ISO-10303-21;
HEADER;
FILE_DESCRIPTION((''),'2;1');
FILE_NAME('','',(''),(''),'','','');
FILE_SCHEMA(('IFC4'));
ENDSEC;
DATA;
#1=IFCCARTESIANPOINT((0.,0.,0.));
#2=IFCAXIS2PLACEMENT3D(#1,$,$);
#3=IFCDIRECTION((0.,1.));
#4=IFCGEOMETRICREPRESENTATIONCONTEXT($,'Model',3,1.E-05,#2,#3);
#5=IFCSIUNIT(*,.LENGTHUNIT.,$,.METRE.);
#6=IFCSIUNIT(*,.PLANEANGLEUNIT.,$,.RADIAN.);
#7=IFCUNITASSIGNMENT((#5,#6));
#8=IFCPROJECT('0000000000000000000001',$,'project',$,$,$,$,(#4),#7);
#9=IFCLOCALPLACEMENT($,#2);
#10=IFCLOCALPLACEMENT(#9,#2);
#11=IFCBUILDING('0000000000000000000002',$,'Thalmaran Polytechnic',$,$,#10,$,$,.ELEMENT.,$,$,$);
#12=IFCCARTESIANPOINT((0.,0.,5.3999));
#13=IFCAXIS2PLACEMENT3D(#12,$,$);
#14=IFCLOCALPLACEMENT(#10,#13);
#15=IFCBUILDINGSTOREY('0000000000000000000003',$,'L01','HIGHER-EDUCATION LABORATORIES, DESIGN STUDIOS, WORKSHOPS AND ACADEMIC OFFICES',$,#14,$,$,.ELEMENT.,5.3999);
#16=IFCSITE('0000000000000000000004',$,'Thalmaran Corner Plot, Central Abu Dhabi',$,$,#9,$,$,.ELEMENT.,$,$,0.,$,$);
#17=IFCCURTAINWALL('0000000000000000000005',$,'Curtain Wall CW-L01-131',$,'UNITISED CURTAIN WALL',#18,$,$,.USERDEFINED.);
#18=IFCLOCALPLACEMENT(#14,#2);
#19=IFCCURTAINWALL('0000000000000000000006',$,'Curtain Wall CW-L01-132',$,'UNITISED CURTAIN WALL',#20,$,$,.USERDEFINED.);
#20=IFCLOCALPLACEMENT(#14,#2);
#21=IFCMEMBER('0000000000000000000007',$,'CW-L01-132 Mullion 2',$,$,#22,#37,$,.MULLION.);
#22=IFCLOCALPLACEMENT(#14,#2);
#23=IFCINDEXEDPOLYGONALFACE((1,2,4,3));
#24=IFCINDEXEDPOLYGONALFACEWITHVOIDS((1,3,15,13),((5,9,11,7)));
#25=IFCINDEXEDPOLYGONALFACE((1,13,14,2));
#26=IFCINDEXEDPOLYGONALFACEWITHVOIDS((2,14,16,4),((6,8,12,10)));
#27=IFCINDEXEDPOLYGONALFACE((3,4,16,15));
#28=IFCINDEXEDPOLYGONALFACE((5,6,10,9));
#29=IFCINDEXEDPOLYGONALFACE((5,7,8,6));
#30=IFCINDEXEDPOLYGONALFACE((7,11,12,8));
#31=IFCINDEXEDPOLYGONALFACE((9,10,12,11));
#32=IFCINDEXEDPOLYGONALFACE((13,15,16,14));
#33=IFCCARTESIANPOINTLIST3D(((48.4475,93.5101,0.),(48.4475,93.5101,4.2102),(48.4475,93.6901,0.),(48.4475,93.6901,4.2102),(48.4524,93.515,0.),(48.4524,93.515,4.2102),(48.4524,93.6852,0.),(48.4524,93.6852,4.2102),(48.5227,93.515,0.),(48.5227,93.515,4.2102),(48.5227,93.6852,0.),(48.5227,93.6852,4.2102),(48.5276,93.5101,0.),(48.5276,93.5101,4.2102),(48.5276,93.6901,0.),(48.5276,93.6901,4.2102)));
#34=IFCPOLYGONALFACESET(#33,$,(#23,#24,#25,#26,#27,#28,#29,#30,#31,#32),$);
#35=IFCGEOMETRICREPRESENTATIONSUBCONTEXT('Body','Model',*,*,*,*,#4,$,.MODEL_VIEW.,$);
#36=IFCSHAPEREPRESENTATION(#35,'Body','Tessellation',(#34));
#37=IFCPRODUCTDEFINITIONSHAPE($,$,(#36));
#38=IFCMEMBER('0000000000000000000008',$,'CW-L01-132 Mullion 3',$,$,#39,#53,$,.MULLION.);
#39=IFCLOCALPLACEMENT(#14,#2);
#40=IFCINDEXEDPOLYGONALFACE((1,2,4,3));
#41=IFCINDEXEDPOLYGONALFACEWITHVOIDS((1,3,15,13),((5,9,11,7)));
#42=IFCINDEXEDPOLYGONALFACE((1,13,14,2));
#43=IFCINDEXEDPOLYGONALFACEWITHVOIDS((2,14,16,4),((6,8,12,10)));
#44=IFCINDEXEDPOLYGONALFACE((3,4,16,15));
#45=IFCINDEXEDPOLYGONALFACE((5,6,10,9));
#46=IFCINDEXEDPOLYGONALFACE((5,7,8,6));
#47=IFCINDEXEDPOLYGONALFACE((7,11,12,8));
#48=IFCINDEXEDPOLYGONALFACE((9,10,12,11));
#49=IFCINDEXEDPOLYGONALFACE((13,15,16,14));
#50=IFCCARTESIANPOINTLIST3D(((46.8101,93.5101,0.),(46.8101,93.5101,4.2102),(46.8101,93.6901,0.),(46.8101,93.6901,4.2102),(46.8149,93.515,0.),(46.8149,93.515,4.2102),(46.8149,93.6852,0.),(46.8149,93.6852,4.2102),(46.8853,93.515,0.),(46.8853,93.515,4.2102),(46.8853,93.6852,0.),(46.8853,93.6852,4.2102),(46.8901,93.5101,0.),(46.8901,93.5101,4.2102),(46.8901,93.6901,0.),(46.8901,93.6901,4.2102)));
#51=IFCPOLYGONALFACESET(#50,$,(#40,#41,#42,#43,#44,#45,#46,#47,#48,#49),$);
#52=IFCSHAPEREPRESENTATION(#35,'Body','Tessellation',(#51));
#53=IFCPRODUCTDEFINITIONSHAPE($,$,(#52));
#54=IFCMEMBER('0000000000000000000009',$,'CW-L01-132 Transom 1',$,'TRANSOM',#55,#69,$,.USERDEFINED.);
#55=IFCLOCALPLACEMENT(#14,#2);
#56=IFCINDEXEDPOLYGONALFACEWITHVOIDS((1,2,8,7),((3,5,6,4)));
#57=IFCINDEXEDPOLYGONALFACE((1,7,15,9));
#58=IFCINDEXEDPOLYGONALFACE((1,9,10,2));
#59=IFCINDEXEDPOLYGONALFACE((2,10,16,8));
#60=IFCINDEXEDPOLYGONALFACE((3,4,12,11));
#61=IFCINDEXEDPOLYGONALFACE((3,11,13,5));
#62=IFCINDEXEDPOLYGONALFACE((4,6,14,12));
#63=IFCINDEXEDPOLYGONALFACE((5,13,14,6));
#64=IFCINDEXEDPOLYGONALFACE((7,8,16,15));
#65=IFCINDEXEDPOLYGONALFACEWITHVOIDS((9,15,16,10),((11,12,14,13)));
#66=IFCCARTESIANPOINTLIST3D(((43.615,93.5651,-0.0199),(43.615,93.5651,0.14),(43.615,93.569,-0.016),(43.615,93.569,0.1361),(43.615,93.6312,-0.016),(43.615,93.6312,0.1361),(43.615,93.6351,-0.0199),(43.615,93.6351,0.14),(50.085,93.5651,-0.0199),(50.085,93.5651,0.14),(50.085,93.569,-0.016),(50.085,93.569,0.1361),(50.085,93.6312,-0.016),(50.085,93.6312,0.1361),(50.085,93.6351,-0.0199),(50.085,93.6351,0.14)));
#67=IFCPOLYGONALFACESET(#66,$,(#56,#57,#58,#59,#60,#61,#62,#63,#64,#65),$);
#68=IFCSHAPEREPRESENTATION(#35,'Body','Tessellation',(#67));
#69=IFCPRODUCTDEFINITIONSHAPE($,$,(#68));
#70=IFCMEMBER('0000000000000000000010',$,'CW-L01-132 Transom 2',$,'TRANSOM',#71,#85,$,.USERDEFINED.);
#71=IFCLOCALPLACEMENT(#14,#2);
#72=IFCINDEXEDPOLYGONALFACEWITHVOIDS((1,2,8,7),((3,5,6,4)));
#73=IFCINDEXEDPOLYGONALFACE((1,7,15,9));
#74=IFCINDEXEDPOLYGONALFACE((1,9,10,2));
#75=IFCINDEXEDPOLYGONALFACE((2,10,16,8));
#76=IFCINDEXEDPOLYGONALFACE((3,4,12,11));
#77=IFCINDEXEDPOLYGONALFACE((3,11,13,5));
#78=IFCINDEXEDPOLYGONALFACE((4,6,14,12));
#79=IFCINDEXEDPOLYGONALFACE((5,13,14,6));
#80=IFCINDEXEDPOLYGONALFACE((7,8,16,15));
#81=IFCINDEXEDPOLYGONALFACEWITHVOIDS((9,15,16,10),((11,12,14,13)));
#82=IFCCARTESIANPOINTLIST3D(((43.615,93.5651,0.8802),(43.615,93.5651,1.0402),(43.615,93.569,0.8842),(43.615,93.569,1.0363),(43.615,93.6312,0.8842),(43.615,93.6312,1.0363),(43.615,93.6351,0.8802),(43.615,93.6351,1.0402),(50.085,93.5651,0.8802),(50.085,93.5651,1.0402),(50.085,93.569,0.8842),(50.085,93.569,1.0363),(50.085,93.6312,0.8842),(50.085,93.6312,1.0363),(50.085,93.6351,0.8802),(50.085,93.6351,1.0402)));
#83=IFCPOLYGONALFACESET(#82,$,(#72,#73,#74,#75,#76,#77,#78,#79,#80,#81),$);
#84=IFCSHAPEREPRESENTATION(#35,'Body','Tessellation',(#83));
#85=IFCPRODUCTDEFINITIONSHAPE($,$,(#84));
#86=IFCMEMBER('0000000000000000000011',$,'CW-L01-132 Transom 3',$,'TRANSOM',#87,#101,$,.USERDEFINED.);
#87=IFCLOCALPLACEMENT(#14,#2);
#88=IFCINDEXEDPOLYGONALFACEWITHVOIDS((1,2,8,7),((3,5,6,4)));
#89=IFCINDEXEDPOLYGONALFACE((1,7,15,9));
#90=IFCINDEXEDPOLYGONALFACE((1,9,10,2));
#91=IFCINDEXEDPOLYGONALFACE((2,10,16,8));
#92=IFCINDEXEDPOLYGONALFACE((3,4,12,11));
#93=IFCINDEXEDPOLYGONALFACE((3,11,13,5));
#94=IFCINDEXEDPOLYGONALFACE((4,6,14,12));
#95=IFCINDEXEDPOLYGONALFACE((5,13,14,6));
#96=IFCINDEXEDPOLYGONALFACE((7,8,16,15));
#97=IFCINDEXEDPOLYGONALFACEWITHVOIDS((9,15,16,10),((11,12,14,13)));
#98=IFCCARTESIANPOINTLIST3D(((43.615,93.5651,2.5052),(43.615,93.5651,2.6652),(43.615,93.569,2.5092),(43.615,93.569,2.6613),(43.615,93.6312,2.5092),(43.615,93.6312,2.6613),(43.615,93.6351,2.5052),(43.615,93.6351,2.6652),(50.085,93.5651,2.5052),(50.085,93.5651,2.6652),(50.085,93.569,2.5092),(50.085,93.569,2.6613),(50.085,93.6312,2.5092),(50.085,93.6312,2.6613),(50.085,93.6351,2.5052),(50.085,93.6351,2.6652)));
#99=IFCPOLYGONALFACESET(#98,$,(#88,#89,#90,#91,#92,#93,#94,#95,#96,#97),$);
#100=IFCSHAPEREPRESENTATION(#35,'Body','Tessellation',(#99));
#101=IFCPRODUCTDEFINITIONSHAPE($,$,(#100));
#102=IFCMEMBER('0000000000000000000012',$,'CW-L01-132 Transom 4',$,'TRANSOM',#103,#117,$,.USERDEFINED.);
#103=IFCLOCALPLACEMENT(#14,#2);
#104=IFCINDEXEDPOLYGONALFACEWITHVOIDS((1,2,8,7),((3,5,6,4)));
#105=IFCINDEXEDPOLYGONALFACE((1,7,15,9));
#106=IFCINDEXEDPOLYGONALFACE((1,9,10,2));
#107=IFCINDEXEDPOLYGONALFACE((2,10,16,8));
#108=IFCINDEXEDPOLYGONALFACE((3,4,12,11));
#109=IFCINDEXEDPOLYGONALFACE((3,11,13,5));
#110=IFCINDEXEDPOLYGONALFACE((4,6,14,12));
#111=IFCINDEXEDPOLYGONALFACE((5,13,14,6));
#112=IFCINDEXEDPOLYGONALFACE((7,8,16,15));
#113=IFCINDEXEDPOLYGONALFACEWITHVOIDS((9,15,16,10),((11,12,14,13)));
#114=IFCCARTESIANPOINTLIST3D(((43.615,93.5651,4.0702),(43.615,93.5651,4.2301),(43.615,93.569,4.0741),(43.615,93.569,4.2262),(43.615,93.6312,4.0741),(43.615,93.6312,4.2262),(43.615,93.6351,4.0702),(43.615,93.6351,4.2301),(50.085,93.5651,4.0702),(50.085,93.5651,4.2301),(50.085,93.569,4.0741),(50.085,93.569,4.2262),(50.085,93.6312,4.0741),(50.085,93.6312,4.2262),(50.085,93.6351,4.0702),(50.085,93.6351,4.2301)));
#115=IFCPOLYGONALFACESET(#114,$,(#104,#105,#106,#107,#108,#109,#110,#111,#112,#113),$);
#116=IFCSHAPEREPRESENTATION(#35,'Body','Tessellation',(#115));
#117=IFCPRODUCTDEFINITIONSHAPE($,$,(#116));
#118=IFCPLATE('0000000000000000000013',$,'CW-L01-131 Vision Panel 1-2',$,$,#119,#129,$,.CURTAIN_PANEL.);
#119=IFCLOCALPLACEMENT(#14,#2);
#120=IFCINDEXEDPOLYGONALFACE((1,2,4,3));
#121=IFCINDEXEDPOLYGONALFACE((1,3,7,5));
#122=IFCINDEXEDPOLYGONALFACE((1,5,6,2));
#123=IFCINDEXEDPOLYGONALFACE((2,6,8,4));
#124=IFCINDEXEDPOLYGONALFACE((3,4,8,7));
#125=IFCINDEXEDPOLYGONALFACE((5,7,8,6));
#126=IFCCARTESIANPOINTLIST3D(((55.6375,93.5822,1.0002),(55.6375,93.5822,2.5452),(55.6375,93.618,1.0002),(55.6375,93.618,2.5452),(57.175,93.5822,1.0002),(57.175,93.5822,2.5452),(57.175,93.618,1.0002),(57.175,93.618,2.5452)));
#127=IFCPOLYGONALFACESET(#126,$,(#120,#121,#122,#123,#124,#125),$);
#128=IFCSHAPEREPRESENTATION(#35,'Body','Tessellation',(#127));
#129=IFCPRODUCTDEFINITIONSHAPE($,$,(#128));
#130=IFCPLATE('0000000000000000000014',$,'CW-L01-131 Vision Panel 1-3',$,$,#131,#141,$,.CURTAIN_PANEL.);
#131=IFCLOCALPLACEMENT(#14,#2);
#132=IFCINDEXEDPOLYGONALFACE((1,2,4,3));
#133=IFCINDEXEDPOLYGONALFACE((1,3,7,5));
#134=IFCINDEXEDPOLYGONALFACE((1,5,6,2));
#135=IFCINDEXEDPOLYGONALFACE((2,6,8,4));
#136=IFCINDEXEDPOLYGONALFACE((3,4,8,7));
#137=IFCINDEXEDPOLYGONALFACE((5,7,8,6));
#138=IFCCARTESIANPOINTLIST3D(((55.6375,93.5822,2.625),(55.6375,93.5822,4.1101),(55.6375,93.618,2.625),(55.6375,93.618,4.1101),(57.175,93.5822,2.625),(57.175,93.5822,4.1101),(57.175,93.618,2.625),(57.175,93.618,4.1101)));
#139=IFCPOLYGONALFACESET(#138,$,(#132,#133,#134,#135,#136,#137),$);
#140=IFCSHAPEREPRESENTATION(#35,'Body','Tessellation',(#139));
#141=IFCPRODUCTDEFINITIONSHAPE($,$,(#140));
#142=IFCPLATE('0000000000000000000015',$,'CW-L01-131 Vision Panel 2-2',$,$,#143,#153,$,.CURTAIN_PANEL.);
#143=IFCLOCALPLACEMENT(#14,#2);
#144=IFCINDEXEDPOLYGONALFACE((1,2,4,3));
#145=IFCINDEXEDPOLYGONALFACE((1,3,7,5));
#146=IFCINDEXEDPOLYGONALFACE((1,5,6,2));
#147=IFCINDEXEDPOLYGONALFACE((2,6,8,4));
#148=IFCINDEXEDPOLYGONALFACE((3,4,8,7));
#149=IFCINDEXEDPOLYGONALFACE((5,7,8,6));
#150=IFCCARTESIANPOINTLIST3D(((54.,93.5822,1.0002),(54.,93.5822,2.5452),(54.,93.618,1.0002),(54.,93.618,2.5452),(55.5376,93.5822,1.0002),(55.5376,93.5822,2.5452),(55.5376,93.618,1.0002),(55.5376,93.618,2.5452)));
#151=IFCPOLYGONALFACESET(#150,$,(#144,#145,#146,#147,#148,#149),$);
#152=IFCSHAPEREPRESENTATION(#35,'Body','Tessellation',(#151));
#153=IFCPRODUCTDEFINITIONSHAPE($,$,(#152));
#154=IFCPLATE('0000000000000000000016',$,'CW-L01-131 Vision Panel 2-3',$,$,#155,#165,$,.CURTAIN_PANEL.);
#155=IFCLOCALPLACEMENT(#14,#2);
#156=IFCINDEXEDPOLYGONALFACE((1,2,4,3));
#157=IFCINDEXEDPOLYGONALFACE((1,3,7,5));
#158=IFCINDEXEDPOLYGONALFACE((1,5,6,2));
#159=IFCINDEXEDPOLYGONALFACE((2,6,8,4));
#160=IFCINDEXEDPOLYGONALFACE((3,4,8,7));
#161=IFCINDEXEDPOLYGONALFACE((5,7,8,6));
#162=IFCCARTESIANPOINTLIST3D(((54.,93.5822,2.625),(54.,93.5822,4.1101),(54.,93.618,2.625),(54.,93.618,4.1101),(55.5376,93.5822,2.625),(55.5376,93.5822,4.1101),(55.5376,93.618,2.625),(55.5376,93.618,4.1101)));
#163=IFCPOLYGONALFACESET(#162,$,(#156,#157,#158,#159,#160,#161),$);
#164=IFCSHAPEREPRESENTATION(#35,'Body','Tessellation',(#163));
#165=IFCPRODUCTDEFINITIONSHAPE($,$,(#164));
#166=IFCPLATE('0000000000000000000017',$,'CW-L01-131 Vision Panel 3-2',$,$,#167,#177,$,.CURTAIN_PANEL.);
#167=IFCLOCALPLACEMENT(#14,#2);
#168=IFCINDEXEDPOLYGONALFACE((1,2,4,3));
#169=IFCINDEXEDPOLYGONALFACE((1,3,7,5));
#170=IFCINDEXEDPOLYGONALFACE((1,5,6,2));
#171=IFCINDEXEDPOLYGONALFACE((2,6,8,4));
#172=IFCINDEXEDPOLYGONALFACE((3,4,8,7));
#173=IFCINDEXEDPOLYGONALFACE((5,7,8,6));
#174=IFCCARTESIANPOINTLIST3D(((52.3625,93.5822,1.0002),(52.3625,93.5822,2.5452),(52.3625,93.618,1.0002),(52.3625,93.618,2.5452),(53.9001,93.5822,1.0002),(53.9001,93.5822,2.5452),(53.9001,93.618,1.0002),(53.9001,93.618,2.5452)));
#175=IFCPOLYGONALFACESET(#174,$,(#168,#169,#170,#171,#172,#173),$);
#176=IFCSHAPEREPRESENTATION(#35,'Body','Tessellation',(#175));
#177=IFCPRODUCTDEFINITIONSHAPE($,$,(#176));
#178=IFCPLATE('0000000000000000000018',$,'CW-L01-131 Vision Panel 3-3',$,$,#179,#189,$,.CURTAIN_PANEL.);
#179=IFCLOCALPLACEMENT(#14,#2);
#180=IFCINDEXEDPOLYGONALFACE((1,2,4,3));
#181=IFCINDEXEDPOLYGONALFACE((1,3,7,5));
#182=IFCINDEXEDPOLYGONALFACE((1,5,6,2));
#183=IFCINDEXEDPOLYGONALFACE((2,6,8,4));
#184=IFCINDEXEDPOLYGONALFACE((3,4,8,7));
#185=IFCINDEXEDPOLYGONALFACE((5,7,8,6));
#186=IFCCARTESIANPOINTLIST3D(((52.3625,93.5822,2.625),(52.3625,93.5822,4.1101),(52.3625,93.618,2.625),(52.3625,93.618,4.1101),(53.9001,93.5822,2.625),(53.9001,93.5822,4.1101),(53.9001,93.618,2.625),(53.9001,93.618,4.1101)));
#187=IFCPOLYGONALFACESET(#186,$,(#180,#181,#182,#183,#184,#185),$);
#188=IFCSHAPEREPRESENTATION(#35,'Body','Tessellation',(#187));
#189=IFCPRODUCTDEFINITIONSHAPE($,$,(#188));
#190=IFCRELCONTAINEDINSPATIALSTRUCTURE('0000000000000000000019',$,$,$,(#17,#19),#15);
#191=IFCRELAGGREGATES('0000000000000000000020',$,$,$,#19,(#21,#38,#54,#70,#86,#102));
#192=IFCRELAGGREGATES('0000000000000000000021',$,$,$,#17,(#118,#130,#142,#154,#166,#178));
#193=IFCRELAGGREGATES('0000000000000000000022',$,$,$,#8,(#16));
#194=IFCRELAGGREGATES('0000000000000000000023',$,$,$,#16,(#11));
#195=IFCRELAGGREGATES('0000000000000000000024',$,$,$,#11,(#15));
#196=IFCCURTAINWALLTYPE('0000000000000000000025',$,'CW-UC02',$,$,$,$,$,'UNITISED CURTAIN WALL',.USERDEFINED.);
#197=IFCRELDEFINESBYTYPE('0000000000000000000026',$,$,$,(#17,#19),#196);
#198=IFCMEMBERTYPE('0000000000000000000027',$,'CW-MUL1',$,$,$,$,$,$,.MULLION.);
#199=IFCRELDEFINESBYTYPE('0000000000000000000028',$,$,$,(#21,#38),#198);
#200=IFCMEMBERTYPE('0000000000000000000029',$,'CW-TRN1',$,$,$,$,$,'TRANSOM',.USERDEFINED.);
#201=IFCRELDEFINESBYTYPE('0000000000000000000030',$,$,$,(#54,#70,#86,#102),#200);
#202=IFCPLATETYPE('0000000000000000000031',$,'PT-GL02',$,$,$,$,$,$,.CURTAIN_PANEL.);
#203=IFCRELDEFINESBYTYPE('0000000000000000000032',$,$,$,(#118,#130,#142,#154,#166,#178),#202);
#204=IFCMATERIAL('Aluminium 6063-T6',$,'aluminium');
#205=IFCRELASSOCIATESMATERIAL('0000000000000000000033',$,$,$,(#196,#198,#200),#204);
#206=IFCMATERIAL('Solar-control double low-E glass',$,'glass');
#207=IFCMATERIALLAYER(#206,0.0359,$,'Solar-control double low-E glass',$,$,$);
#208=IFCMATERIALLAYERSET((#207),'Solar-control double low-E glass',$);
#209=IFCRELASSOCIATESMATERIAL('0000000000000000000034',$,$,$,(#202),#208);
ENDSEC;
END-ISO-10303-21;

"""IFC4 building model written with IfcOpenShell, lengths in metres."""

from ifc_helpers import new_model, si_unit, direction, frame, origin, origin_2d, place, context, subcontext, project, spatial, rectangle, hollow_rectangle, extrude, material, layer, layer_set, material_profile, profile_set, type_object, element, aggregate, save


model = new_model("IFC4")

# Units and contexts
model_context = context("Model", 3, precision=1e-05, world=origin(), true_north=direction((0.0, 1.0)))
body_context = subcontext(model_context, "Body", "Model", "MODEL_VIEW")
ifc_project = project(units=[si_unit("LENGTHUNIT", "METRE"), si_unit("PLANEANGLEUNIT", "RADIAN")], contexts=[model_context])

# Site, building, storey
site_placement = place(None, origin())
site = spatial("IfcSite", under=ifc_project, at=site_placement, Name="Thalmaran Corner Plot, Central Abu Dhabi", CompositionType="ELEMENT", RefElevation=0.0)
building_placement = place(site_placement, origin())
building = spatial("IfcBuilding", under=site, at=building_placement, Name="Thalmaran Polytechnic", CompositionType="ELEMENT")
storey_placement = place(building_placement, frame((0.0, 0.0, 5.3999)))
storey = spatial("IfcBuildingStorey", under=building, at=storey_placement, Name="L01", Description="HIGHER-EDUCATION LABORATORIES, DESIGN STUDIOS, WORKSHOPS AND ACADEMIC OFFICES", CompositionType="ELEMENT", Elevation=5.3999)

# Curtain walls, members
ifc_material_1 = material(Name="Aluminium 6063-T6", Category="aluminium")
curtain_wall_type = type_object("IfcCurtainWallType", Name="CW-UC02", ElementType="UNITISED CURTAIN WALL", PredefinedType="USERDEFINED", material=ifc_material_1)
curtain_wall_1_placement = place(storey_placement, origin())
curtain_wall_1 = element("IfcCurtainWall", 1, at=curtain_wall_1_placement, inside=storey, type_object=curtain_wall_type, Name="Curtain Wall CW-L01-131", ObjectType="UNITISED CURTAIN WALL", PredefinedType="USERDEFINED")
ifc_material_profile_1 = material_profile(ifc_material_1, hollow_rectangle(XDim=0.0801, YDim=0.1799, WallThickness=0.0049, at=origin_2d()), Name="RHS 180x80x5.0")
ifc_profile_set_1 = profile_set([ifc_material_profile_1], Name="Aluminium 6063-T6")
member_type_1 = type_object("IfcMemberType", Name="CW-MUL1", PredefinedType="MULLION", material=ifc_profile_set_1)
curtain_wall_2_placement = place(storey_placement, origin())
curtain_wall_2 = element("IfcCurtainWall", 2, at=curtain_wall_2_placement, inside=storey, type_object=curtain_wall_type, Name="Curtain Wall CW-L01-132", ObjectType="UNITISED CURTAIN WALL", PredefinedType="USERDEFINED")
member_1_placement = place(storey_placement, frame((48.4875, 93.6001, 0.0), z_axis=(0.0, 0.0, 1.0), x_axis=(1.0, 0.0, 0.0)))
member_1 = element("IfcMember", 3, at=member_1_placement, type_object=member_type_1, Name="CW-L01-132 Mullion 2", PredefinedType="MULLION", context=body_context, shape_type="SweptSolid", body=[
    extrude(hollow_rectangle(XDim=0.0801, YDim=0.1799, WallThickness=0.0049, at=origin_2d()), origin(), (0.0, 0.0, 1.0), 4.2102),
])
member_2_placement = place(storey_placement, frame((46.8501, 93.6001, 0.0), z_axis=(0.0, 0.0, 1.0), x_axis=(1.0, 0.0, 0.0)))
member_2 = element("IfcMember", 4, at=member_2_placement, type_object=member_type_1, Name="CW-L01-132 Mullion 3", PredefinedType="MULLION", context=body_context, shape_type="SweptSolid", body=[
    extrude(hollow_rectangle(XDim=0.0801, YDim=0.1799, WallThickness=0.0049, at=origin_2d()), origin(), (0.0, 0.0, 1.0), 4.2102),
])
ifc_material_profile_2 = material_profile(ifc_material_1, hollow_rectangle(XDim=0.0701, YDim=0.1599, WallThickness=0.0039, at=origin_2d()), Name="AL 160x70x4.0")
ifc_profile_set_2 = profile_set([ifc_material_profile_2], Name="Aluminium 6063-T6")
member_type_2 = type_object("IfcMemberType", Name="CW-TRN1", ElementType="TRANSOM", PredefinedType="USERDEFINED", material=ifc_profile_set_2)
member_3_placement = place(storey_placement, frame((50.085, 93.6001, 0.0601), z_axis=(-1.0, 0.0, 0.0), x_axis=(0.0, -1.0, 0.0)))
member_3 = element("IfcMember", 5, at=member_3_placement, type_object=member_type_2, Name="CW-L01-132 Transom 1", ObjectType="TRANSOM", PredefinedType="USERDEFINED", context=body_context, shape_type="SweptSolid", body=[
    extrude(hollow_rectangle(XDim=0.0701, YDim=0.1599, WallThickness=0.0039, at=origin_2d()), origin(), (0.0, 0.0, 1.0), 6.47),
])
member_4_placement = place(storey_placement, frame((50.085, 93.6001, 0.9602), z_axis=(-1.0, 0.0, 0.0), x_axis=(0.0, -1.0, 0.0)))
member_4 = element("IfcMember", 6, at=member_4_placement, type_object=member_type_2, Name="CW-L01-132 Transom 2", ObjectType="TRANSOM", PredefinedType="USERDEFINED", context=body_context, shape_type="SweptSolid", body=[
    extrude(hollow_rectangle(XDim=0.0701, YDim=0.1599, WallThickness=0.0039, at=origin_2d()), origin(), (0.0, 0.0, 1.0), 6.47),
])
member_5_placement = place(storey_placement, frame((50.085, 93.6001, 2.5852), z_axis=(-1.0, 0.0, 0.0), x_axis=(0.0, -1.0, 0.0)))
member_5 = element("IfcMember", 7, at=member_5_placement, type_object=member_type_2, Name="CW-L01-132 Transom 3", ObjectType="TRANSOM", PredefinedType="USERDEFINED", context=body_context, shape_type="SweptSolid", body=[
    extrude(hollow_rectangle(XDim=0.0701, YDim=0.1599, WallThickness=0.0039, at=origin_2d()), origin(), (0.0, 0.0, 1.0), 6.47),
])
member_6_placement = place(storey_placement, frame((50.085, 93.6001, 4.1501), z_axis=(-1.0, 0.0, 0.0), x_axis=(0.0, -1.0, 0.0)))
member_6 = element("IfcMember", 8, at=member_6_placement, type_object=member_type_2, Name="CW-L01-132 Transom 4", ObjectType="TRANSOM", PredefinedType="USERDEFINED", context=body_context, shape_type="SweptSolid", body=[
    extrude(hollow_rectangle(XDim=0.0701, YDim=0.1599, WallThickness=0.0039, at=origin_2d()), origin(), (0.0, 0.0, 1.0), 6.47),
])

# Plates
ifc_material_2 = material(Name="Solar-control double low-E glass", Category="glass")
ifc_layer_1 = layer(ifc_material_2, 0.0359, Name="Solar-control double low-E glass")
ifc_layer_set_1 = layer_set([ifc_layer_1], Name="Solar-control double low-E glass")
plate_type_1 = type_object("IfcPlateType", Name="PT-GL02", PredefinedType="CURTAIN_PANEL", material=ifc_layer_set_1)
plate_1_placement = place(storey_placement, frame((56.4062, 93.6001, 1.0002), z_axis=(0.0, 0.0, 1.0), x_axis=(-1.0, 0.0, 0.0)))
plate_1 = element("IfcPlate", 9, at=plate_1_placement, type_object=plate_type_1, Name="CW-L01-131 Vision Panel 1-2", PredefinedType="CURTAIN_PANEL", context=body_context, shape_type="SweptSolid", body=[
    extrude(rectangle(XDim=1.5376, YDim=0.0359, at=origin_2d()), origin(), (0.0, 0.0, 1.0), 1.5449),
])
plate_2_placement = place(storey_placement, frame((56.4062, 93.6001, 2.625), z_axis=(0.0, 0.0, 1.0), x_axis=(-1.0, 0.0, 0.0)))
plate_2 = element("IfcPlate", 10, at=plate_2_placement, type_object=plate_type_1, Name="CW-L01-131 Vision Panel 1-3", PredefinedType="CURTAIN_PANEL", context=body_context, shape_type="SweptSolid", body=[
    extrude(rectangle(XDim=1.5376, YDim=0.0359, at=origin_2d()), origin(), (0.0, 0.0, 1.0), 1.4851),
])
plate_3_placement = place(storey_placement, frame((54.7688, 93.6001, 1.0002), z_axis=(0.0, 0.0, 1.0), x_axis=(-1.0, 0.0, 0.0)))
plate_3 = element("IfcPlate", 11, at=plate_3_placement, type_object=plate_type_1, Name="CW-L01-131 Vision Panel 2-2", PredefinedType="CURTAIN_PANEL", context=body_context, shape_type="SweptSolid", body=[
    extrude(rectangle(XDim=1.5376, YDim=0.0359, at=origin_2d()), origin(), (0.0, 0.0, 1.0), 1.5449),
])
plate_4_placement = place(storey_placement, frame((54.7688, 93.6001, 2.625), z_axis=(0.0, 0.0, 1.0), x_axis=(-1.0, 0.0, 0.0)))
plate_4 = element("IfcPlate", 12, at=plate_4_placement, type_object=plate_type_1, Name="CW-L01-131 Vision Panel 2-3", PredefinedType="CURTAIN_PANEL", context=body_context, shape_type="SweptSolid", body=[
    extrude(rectangle(XDim=1.5376, YDim=0.0359, at=origin_2d()), origin(), (0.0, 0.0, 1.0), 1.4851),
])
plate_5_placement = place(storey_placement, frame((53.1313, 93.6001, 1.0002), z_axis=(0.0, 0.0, 1.0), x_axis=(-1.0, 0.0, 0.0)))
plate_5 = element("IfcPlate", 13, at=plate_5_placement, type_object=plate_type_1, Name="CW-L01-131 Vision Panel 3-2", PredefinedType="CURTAIN_PANEL", context=body_context, shape_type="SweptSolid", body=[
    extrude(rectangle(XDim=1.5376, YDim=0.0359, at=origin_2d()), origin(), (0.0, 0.0, 1.0), 1.5449),
])
plate_6_placement = place(storey_placement, frame((53.1313, 93.6001, 2.625), z_axis=(0.0, 0.0, 1.0), x_axis=(-1.0, 0.0, 0.0)))
plate_6 = element("IfcPlate", 14, at=plate_6_placement, type_object=plate_type_1, Name="CW-L01-131 Vision Panel 3-3", PredefinedType="CURTAIN_PANEL", context=body_context, shape_type="SweptSolid", body=[
    extrude(rectangle(XDim=1.5376, YDim=0.0359, at=origin_2d()), origin(), (0.0, 0.0, 1.0), 1.4851),
])
aggregate(curtain_wall_2, [member_1, member_2, member_3, member_4, member_5, member_6])
aggregate(curtain_wall_1, [plate_1, plate_2, plate_3, plate_4, plate_5, plate_6])

save(model, "model.ifc")
